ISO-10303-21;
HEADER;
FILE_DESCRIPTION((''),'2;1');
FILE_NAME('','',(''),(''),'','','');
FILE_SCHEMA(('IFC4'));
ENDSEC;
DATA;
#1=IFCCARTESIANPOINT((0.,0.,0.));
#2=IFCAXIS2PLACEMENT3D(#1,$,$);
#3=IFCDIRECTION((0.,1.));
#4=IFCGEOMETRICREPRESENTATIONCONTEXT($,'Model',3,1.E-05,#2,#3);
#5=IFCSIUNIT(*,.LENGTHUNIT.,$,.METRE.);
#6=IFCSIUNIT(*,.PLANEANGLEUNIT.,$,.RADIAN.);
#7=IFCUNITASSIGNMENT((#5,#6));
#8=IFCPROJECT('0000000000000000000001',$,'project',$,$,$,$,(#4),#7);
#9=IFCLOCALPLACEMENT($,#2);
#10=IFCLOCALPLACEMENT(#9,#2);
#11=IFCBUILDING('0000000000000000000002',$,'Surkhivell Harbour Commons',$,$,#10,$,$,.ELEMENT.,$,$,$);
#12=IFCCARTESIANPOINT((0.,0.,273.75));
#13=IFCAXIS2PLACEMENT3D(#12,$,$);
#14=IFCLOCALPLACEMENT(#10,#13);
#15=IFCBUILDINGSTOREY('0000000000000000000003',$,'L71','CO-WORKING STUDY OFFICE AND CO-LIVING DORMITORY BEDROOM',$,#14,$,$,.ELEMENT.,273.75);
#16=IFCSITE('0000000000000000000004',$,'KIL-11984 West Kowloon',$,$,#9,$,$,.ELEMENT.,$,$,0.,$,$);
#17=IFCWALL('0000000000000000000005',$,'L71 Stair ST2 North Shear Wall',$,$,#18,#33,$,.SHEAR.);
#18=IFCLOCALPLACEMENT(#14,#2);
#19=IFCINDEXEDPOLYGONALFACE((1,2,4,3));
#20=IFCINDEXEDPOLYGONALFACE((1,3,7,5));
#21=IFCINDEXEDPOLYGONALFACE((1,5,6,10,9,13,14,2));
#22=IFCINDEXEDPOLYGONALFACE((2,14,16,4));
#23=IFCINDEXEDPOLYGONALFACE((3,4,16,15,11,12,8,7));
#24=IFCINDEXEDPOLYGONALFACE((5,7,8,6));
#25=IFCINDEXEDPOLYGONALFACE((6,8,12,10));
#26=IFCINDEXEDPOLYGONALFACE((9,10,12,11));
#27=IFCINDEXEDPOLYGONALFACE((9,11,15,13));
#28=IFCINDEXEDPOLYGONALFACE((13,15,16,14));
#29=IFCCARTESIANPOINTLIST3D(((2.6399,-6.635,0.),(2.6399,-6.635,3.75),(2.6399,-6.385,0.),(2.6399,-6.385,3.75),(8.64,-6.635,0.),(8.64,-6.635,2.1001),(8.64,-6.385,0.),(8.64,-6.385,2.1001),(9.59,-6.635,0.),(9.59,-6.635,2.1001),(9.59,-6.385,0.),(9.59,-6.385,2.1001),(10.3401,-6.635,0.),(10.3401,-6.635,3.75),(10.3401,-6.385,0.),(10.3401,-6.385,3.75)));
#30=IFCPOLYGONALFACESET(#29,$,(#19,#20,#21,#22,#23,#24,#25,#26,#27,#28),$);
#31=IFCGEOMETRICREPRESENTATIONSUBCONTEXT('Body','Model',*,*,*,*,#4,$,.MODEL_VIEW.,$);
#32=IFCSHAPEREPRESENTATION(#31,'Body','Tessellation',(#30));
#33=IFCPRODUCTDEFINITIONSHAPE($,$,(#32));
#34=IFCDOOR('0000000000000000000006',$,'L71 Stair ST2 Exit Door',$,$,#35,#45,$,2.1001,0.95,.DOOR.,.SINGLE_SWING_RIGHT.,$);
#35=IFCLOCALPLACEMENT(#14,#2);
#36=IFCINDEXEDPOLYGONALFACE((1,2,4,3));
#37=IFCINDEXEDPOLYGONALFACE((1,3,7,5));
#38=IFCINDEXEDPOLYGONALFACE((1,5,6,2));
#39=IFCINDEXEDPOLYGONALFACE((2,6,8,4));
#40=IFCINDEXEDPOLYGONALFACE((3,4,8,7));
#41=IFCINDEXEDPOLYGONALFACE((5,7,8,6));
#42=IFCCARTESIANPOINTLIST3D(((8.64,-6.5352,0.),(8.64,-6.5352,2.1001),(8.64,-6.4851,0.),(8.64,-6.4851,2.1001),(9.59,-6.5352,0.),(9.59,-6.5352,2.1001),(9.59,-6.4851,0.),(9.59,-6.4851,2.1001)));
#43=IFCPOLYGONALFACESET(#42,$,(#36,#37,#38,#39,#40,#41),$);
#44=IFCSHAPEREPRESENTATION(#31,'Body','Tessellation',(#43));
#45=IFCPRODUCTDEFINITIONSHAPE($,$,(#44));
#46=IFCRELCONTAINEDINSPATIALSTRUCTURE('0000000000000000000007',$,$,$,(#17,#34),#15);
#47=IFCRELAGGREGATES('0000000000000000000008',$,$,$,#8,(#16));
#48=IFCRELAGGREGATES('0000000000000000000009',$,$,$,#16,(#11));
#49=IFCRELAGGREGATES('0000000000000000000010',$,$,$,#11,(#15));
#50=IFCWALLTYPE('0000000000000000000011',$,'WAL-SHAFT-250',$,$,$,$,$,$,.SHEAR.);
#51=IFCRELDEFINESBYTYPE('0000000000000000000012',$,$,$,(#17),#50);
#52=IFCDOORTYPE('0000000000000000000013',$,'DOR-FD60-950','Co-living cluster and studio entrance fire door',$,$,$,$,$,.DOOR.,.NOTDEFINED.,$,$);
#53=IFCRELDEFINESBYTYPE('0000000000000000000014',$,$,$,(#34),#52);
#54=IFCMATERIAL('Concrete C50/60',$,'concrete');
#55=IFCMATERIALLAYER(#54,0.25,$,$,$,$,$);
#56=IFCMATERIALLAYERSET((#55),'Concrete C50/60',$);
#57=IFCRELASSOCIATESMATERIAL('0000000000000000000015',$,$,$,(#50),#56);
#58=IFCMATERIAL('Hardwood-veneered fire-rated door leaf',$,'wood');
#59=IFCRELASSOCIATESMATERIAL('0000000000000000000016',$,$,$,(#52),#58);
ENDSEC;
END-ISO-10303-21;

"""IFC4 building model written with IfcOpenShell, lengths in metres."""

from ifc_helpers import new_model, si_unit, direction, frame, frame_2d, origin, place, context, subcontext, project, spatial, rectangle, extrude, material, layer, layer_set, type_object, element, fill, save


model = new_model("IFC4")

# Units and contexts
model_context = context("Model", 3, precision=1e-05, world=origin(), true_north=direction((0.0, 1.0)))
body_context = subcontext(model_context, "Body", "Model", "MODEL_VIEW")
ifc_project = project(units=[si_unit("LENGTHUNIT", "METRE"), si_unit("PLANEANGLEUNIT", "RADIAN")], contexts=[model_context])

# Site, building, storey
site_placement = place(None, origin())
site = spatial("IfcSite", under=ifc_project, at=site_placement, Name="KIL-11984 West Kowloon", CompositionType="ELEMENT", RefElevation=0.0)
building_placement = place(site_placement, origin())
building = spatial("IfcBuilding", under=site, at=building_placement, Name="Surkhivell Harbour Commons", CompositionType="ELEMENT")
storey_placement = place(building_placement, frame((0.0, 0.0, 273.75)))
storey = spatial("IfcBuildingStorey", under=building, at=storey_placement, Name="L71", Description="CO-WORKING STUDY OFFICE AND CO-LIVING DORMITORY BEDROOM", CompositionType="ELEMENT", Elevation=273.75)

# Shared definitions
ifc_material_1 = material(Name="Hardwood-veneered fire-rated door leaf", Category="wood")

# Shared definitions
ifc_material_2 = material(Name="Concrete C50/60", Category="concrete")
ifc_layer_1 = layer(ifc_material_2, 0.25)
ifc_layer_set_1 = layer_set([ifc_layer_1], Name="Concrete C50/60")
wall_type_1 = type_object("IfcWallType", Name="WAL-SHAFT-250", PredefinedType="SHEAR", material=ifc_layer_set_1)

# Wall, opening, door
wall_1_placement = place(storey_placement, frame((2.6399, -6.51, 0.0), z_axis=(0.0, 0.0, 1.0), x_axis=(1.0, 0.0, 0.0)))
wall_1 = element("IfcWall", 1, at=wall_1_placement, inside=storey, type_object=wall_type_1, Name="L71 Stair ST2 North Shear Wall", PredefinedType="SHEAR", context=body_context, shape_type="SweptSolid", body=[
    extrude(rectangle(XDim=7.7002, YDim=0.25, at=frame_2d((3.8501, 0.0))), origin(), (0.0, 0.0, 1.0), 3.75),
])
opening_1_placement = place(wall_1_placement, frame((6.0, 0.0, 0.0)))
opening_1 = element("IfcOpeningElement", 2, at=opening_1_placement, cuts=wall_1, PredefinedType="OPENING", context=body_context, shape_type="SweptSolid", body=[
    extrude(rectangle(XDim=0.95, YDim=2.1001, at=frame_2d((0.4751, 1.05))), frame((0.0, 0.135, 0.0), z_axis=(0.0, -1.0, 0.0), x_axis=(1.0, 0.0, 0.0)), (0.0, 0.0, 1.0), 0.27),
])
door_type_1 = type_object("IfcDoorType", Name="DOR-FD60-950", Description="Co-living cluster and studio entrance fire door", OperationType="NOTDEFINED", PredefinedType="DOOR", material=ifc_material_1)
door_1_placement = place(opening_1_placement, origin())
door_1 = element("IfcDoor", 3, at=door_1_placement, inside=storey, type_object=door_type_1, Name="L71 Stair ST2 Exit Door", OperationType="SINGLE_SWING_RIGHT", OverallHeight=2.1001, OverallWidth=0.95, PredefinedType="DOOR", context=body_context, shape_type="SweptSolid", body=[
    extrude(rectangle(XDim=0.95, YDim=2.1001, at=frame_2d((0.4751, 1.05))), frame((0.0, 0.0249, 0.0), z_axis=(0.0, -1.0, 0.0), x_axis=(1.0, 0.0, 0.0)), (0.0, 0.0, 1.0), 0.05),
])
fill(opening_1, door_1)

save(model, "model.ifc")
